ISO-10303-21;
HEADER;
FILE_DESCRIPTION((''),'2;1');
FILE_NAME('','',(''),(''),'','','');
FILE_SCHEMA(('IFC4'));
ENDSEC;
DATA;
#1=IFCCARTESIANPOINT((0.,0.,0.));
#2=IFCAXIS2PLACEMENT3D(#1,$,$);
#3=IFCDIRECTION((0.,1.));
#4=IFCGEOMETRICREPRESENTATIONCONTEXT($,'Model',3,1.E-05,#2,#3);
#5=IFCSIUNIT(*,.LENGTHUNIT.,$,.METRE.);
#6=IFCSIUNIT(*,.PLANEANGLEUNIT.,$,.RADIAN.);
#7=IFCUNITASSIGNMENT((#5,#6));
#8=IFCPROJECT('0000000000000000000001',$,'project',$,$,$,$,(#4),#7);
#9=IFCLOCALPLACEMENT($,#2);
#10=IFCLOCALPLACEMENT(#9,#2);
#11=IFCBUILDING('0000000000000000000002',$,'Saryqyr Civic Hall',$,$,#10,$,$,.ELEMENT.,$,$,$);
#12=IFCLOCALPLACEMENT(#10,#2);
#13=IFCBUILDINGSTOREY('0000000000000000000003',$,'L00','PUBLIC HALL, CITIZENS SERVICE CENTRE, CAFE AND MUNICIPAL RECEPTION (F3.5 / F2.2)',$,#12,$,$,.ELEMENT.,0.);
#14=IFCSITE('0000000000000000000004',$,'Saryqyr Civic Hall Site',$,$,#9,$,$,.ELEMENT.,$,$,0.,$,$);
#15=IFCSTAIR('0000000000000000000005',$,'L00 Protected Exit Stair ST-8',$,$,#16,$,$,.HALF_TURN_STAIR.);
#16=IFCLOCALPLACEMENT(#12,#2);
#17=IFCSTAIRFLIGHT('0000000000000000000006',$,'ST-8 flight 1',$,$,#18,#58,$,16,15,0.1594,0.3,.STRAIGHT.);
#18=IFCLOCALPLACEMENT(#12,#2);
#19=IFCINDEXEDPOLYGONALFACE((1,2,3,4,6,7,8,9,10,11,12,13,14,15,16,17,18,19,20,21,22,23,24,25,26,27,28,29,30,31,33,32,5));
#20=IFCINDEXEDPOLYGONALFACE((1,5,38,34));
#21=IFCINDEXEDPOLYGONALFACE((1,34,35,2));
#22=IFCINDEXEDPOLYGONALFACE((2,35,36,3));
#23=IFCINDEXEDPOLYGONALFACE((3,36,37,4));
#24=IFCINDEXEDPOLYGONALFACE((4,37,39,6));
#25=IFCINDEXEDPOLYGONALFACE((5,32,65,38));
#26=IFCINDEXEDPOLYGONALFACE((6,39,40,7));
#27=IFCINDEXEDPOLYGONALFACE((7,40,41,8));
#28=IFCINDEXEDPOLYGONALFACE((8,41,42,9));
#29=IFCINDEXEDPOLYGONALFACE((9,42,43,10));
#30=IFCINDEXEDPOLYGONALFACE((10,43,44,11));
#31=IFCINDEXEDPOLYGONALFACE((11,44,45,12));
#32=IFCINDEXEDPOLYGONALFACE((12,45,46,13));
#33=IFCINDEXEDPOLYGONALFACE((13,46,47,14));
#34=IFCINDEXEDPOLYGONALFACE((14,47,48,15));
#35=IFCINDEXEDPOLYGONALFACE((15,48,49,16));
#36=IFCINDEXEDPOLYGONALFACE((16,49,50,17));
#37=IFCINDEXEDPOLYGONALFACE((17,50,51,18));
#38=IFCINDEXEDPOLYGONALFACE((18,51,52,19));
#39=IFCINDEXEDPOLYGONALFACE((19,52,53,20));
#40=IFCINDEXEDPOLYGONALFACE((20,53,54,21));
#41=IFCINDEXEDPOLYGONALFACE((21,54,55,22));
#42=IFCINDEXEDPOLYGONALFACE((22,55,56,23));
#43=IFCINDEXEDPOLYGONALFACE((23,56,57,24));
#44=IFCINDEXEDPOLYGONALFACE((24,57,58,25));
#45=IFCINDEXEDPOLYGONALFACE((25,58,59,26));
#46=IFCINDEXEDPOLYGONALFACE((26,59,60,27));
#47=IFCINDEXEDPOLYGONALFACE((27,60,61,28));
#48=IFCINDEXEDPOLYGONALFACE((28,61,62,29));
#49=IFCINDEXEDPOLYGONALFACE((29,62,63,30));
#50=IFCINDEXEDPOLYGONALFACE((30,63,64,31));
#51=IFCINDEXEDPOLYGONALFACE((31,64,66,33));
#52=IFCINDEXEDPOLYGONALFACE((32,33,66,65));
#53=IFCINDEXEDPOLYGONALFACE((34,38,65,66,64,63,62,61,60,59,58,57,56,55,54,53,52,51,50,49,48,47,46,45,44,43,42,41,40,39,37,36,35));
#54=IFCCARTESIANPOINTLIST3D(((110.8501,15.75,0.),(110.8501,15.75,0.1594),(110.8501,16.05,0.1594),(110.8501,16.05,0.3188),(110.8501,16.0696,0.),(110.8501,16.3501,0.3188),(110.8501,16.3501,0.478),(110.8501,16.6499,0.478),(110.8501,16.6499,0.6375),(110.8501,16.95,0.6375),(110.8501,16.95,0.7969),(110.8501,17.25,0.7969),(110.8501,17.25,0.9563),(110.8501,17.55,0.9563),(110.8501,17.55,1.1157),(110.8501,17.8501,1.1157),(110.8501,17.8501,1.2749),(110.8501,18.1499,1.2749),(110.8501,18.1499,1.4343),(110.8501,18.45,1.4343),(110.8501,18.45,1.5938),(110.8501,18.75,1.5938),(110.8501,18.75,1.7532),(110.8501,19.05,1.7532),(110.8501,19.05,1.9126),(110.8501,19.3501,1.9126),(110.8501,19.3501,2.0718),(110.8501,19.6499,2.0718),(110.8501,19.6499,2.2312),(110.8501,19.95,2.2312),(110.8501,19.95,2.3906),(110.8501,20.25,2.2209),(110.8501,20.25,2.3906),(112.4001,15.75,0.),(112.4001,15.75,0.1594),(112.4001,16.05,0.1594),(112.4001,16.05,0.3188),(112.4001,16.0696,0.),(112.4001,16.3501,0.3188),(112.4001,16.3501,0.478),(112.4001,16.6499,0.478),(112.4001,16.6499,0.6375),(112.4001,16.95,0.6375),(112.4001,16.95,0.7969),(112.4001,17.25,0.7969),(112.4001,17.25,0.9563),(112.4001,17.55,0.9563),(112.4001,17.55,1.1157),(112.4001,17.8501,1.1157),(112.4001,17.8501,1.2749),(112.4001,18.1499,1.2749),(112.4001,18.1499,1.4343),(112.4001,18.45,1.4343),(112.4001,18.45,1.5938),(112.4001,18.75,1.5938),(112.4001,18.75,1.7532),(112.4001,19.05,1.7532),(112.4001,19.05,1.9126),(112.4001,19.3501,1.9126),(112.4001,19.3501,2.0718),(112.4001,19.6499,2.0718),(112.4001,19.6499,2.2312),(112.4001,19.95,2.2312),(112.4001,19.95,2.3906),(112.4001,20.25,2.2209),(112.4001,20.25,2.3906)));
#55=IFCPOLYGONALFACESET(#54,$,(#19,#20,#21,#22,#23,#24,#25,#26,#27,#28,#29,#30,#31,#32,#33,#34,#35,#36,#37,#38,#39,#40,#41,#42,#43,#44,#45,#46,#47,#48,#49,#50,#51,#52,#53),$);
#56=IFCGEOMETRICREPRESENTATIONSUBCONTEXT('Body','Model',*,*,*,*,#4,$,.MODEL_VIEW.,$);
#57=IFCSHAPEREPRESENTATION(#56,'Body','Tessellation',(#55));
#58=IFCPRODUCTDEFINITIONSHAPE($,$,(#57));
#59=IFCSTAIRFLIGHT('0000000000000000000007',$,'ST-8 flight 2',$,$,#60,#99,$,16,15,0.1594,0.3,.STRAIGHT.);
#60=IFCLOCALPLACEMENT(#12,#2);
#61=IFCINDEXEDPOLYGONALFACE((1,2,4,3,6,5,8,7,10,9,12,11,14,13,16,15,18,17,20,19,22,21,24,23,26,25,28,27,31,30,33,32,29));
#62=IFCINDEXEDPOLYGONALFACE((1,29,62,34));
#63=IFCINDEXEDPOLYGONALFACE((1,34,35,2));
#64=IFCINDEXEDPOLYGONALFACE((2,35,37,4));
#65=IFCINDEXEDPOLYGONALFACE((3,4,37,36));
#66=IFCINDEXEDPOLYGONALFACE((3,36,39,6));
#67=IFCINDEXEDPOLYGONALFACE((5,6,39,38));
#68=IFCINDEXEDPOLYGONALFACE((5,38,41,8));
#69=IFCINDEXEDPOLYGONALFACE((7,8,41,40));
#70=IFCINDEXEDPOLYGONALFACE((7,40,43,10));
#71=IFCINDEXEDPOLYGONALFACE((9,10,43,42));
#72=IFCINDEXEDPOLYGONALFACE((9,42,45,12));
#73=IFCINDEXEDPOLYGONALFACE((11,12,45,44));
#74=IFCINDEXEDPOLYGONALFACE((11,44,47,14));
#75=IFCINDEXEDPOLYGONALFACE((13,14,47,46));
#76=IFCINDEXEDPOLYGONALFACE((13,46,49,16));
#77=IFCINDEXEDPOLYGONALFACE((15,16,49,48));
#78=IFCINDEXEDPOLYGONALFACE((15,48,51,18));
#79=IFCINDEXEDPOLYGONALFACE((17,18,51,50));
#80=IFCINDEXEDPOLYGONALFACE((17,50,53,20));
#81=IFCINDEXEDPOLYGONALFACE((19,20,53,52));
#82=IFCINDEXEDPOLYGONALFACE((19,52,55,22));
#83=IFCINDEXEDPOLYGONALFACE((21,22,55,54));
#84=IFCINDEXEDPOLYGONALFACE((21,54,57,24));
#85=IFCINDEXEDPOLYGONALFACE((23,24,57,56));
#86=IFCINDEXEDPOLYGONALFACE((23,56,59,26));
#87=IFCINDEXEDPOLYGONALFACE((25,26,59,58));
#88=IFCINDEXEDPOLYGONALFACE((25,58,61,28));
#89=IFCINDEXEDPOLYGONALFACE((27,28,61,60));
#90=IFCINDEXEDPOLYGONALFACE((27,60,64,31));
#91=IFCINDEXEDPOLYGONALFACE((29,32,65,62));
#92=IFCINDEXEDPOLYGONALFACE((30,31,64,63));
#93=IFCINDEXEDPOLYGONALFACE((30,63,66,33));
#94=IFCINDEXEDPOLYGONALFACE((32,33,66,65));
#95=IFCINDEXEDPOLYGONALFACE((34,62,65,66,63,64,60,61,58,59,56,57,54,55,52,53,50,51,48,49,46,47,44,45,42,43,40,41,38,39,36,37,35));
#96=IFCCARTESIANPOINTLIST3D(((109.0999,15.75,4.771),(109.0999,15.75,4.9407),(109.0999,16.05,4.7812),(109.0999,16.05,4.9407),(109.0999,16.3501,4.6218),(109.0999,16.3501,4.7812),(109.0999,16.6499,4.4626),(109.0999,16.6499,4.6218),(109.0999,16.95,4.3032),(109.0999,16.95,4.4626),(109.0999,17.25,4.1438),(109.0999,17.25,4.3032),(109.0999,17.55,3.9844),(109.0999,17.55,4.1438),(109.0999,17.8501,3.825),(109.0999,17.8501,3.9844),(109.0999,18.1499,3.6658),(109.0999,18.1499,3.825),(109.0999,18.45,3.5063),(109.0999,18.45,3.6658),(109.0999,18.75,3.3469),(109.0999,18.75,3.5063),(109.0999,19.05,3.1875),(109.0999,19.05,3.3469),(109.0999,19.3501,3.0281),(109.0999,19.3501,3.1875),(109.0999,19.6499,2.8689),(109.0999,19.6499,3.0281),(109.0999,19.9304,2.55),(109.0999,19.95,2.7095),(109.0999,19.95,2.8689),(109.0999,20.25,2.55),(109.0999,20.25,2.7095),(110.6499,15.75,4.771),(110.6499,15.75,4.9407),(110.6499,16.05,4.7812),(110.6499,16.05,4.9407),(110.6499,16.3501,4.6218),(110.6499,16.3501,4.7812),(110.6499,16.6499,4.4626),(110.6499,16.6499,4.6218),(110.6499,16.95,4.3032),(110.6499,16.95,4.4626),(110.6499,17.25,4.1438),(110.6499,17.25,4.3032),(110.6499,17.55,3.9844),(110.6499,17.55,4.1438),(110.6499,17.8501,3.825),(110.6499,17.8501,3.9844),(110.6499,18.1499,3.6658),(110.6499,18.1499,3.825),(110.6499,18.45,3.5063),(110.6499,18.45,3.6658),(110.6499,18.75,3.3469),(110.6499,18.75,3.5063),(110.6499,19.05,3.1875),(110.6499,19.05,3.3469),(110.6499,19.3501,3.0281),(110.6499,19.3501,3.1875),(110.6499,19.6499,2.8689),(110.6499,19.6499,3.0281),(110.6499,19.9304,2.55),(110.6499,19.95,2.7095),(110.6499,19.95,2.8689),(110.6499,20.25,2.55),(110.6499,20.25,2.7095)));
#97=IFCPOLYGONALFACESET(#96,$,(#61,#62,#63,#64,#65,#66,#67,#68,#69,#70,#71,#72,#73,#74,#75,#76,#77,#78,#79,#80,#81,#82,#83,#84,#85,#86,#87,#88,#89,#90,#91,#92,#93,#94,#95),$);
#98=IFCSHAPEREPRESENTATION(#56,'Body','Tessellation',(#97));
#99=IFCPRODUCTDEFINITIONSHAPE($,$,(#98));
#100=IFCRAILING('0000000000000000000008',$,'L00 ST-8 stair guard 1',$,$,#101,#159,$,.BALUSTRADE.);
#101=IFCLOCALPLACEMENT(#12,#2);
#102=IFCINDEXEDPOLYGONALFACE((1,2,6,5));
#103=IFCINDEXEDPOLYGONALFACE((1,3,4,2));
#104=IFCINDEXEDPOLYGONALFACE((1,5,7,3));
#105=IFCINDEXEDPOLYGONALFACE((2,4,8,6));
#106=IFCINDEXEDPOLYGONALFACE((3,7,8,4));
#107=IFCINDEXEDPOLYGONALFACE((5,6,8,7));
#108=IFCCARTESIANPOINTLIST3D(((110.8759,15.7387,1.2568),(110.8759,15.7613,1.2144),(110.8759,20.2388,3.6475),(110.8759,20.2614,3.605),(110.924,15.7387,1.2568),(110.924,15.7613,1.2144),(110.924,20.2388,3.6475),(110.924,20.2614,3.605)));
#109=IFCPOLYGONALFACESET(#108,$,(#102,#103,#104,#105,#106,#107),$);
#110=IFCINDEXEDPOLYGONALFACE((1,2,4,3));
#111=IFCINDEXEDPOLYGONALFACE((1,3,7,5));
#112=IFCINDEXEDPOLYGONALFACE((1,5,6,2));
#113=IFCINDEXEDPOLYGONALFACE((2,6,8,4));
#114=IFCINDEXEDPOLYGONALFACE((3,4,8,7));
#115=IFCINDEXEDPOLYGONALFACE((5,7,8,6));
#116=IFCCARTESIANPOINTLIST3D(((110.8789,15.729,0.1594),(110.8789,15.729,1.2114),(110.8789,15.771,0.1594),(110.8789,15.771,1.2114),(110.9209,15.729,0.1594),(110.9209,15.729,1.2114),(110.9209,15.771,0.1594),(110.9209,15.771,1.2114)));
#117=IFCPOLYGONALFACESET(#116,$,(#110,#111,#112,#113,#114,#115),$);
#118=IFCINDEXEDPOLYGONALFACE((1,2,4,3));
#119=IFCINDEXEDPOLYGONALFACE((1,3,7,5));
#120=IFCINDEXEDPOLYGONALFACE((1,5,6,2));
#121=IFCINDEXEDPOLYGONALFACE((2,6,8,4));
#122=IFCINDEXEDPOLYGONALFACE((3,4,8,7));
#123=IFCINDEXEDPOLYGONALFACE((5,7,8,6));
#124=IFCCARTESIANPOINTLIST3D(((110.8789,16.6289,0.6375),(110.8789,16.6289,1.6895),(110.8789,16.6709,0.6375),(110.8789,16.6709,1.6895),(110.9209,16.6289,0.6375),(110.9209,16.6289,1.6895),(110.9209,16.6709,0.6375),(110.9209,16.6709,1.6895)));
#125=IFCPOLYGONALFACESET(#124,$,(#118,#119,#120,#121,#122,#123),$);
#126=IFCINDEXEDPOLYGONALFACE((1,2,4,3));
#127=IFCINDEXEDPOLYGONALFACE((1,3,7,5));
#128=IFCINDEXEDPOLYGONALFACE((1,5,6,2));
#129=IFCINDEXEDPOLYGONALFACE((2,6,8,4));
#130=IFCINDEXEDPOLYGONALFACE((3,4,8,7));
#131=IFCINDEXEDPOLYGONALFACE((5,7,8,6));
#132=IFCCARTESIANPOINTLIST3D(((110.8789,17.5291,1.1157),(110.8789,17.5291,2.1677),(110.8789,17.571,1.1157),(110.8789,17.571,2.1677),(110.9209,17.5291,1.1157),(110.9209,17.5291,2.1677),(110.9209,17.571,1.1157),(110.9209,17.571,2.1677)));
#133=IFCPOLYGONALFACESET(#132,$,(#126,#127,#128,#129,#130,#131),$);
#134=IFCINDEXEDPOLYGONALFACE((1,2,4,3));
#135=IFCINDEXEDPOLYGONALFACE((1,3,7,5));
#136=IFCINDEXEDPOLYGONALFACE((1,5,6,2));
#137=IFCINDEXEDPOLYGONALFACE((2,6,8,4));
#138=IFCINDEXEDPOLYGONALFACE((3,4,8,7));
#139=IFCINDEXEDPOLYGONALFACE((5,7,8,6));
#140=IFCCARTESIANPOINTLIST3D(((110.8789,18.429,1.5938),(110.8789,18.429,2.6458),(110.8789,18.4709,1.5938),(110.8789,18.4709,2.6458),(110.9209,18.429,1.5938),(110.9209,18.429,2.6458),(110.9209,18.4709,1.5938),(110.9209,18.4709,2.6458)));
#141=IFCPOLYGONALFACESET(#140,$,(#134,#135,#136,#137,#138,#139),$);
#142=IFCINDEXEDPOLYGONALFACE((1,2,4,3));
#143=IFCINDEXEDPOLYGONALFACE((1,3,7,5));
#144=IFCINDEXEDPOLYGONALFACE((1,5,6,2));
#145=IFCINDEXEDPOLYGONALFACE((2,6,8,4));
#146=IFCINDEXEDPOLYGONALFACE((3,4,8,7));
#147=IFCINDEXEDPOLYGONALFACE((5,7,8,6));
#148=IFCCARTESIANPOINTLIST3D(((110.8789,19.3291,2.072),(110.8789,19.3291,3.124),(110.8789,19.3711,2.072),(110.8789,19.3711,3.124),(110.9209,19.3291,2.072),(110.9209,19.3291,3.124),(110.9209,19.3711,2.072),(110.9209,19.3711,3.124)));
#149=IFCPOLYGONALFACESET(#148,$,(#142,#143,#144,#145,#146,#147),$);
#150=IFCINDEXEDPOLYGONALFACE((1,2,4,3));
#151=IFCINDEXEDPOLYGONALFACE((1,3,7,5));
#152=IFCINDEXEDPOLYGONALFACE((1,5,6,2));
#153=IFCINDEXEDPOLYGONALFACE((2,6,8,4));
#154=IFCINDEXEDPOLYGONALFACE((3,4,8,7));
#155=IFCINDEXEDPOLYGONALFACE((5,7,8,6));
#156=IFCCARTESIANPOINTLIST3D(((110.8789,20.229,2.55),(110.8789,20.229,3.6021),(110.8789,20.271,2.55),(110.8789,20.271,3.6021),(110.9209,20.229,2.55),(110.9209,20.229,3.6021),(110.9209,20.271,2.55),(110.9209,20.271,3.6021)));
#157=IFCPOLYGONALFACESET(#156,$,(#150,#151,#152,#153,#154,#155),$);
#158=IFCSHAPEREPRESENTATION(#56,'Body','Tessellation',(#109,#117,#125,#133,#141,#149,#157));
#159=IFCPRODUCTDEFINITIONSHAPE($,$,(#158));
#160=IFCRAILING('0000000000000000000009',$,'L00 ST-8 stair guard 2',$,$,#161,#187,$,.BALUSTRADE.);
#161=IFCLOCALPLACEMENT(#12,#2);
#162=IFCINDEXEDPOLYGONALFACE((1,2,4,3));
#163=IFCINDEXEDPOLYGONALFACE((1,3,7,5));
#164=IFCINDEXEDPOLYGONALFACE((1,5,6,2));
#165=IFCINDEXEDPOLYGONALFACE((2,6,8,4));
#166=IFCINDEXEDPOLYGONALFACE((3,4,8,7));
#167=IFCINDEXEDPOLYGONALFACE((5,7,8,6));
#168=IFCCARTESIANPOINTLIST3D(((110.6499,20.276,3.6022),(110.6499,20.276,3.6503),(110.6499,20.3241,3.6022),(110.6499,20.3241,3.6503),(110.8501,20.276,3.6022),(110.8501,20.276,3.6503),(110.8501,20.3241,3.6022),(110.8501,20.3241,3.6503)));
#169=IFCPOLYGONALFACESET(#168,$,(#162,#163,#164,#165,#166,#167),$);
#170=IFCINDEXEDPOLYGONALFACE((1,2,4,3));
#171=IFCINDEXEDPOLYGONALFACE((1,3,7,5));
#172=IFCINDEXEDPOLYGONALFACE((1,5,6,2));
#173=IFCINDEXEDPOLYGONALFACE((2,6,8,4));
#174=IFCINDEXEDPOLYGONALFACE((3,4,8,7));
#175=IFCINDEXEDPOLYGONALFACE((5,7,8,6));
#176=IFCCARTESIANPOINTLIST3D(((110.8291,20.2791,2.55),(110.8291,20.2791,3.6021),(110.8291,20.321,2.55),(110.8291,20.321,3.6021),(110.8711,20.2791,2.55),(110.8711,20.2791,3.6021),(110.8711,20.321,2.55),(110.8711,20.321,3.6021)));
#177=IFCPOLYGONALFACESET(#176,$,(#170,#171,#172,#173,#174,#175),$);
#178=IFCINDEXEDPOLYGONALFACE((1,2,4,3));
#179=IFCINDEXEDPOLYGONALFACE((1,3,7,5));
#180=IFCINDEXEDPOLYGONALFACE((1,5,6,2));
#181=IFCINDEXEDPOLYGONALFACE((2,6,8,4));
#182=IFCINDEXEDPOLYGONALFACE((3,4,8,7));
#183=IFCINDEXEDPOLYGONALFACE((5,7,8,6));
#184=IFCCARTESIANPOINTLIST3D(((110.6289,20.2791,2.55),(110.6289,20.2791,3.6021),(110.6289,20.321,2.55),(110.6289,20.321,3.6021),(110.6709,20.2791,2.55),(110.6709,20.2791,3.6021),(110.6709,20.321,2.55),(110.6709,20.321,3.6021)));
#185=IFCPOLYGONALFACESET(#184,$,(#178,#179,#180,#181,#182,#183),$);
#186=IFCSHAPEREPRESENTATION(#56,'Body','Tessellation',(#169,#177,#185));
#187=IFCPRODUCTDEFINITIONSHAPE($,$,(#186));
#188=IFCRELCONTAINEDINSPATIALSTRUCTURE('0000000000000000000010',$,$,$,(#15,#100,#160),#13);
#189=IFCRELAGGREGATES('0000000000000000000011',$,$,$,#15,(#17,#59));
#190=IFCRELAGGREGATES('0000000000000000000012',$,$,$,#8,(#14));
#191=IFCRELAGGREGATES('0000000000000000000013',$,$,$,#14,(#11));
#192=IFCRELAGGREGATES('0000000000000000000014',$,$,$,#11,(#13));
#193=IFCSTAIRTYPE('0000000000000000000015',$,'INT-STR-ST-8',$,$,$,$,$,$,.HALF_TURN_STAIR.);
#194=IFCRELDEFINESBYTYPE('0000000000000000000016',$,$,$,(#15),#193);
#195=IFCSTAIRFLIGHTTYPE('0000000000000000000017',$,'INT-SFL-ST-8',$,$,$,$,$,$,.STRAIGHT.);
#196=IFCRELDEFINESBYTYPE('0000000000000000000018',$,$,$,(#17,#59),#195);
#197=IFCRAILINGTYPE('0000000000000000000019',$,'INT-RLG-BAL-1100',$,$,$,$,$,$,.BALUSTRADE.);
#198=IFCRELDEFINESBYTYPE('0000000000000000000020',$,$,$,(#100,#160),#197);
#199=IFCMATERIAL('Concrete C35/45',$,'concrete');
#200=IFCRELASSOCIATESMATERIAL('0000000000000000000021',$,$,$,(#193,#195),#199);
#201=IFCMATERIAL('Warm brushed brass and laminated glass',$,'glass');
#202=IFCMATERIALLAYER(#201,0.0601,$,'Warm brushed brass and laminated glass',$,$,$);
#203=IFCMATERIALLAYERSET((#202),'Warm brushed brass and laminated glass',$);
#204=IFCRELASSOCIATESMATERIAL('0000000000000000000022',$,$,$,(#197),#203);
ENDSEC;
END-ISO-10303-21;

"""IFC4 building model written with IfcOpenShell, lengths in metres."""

from ifc_helpers import new_model, si_unit, direction, frame, origin, origin_2d, place, context, subcontext, project, spatial, polyline, rectangle, outline, extrude, material, layer, layer_set, type_object, element, aggregate, save


model = new_model("IFC4")

# Units and contexts
model_context = context("Model", 3, precision=1e-05, world=origin(), true_north=direction((0.0, 1.0)))
body_context = subcontext(model_context, "Body", "Model", "MODEL_VIEW")
ifc_project = project(units=[si_unit("LENGTHUNIT", "METRE"), si_unit("PLANEANGLEUNIT", "RADIAN")], contexts=[model_context])

# Site, building, storey
site_placement = place(None, origin())
site = spatial("IfcSite", under=ifc_project, at=site_placement, Name="Saryqyr Civic Hall Site", CompositionType="ELEMENT", RefElevation=0.0)
building_placement = place(site_placement, origin())
building = spatial("IfcBuilding", under=site, at=building_placement, Name="Saryqyr Civic Hall", CompositionType="ELEMENT")
storey_placement = place(building_placement, origin())
storey = spatial("IfcBuildingStorey", under=building, at=storey_placement, Name="L00", Description="PUBLIC HALL, CITIZENS SERVICE CENTRE, CAFE AND MUNICIPAL RECEPTION (F3.5 / F2.2)", CompositionType="ELEMENT", Elevation=0.0)

# Shared definitions
ifc_material_1 = material(Name="Concrete C35/45", Category="concrete")

# Stair, stair flights
stair_type = type_object("IfcStairType", Name="INT-STR-ST-8", PredefinedType="HALF_TURN_STAIR", material=ifc_material_1)
stair_placement = place(storey_placement, origin())
stair = element("IfcStair", 1, at=stair_placement, inside=storey, type_object=stair_type, Name="L00 Protected Exit Stair ST-8", PredefinedType="HALF_TURN_STAIR")
stair_flight_type = type_object("IfcStairFlightType", Name="INT-SFL-ST-8", PredefinedType="STRAIGHT", material=ifc_material_1)
stair_flight_1_placement = place(storey_placement, frame((111.625, 15.75, 0.0), z_axis=(0.0, 0.0, 1.0), x_axis=(0.0, 1.0, 0.0)))
stair_flight_1 = element("IfcStairFlight", 2, at=stair_flight_1_placement, type_object=stair_flight_type, Name="ST-8 flight 1", NumberOfRisers=16, NumberOfTreads=15, PredefinedType="STRAIGHT", RiserHeight=0.1594, TreadLength=0.3, context=body_context, shape_type="SweptSolid", body=[
    extrude(outline(polyline([(0.0, 0.0), (0.0, 0.1594), (0.3, 0.1594), (0.3, 0.3188), (0.6001, 0.3188), (0.6001, 0.478), (0.8999, 0.478), (0.8999, 0.6375), (1.2, 0.6375), (1.2, 0.7969), (1.5, 0.7969), (1.5, 0.9563), (1.8, 0.9563), (1.8, 1.1157), (2.1001, 1.1157), (2.1001, 1.2749), (2.3999, 1.2749), (2.3999, 1.4343), (2.7, 1.4343), (2.7, 1.5938), (3.0, 1.5938), (3.0, 1.7532), (3.3, 1.7532), (3.3, 1.9126), (3.6001, 1.9126), (3.6001, 2.0718), (3.8999, 2.0718), (3.8999, 2.2312), (4.2, 2.2312), (4.2, 2.3906), (4.5, 2.3906), (4.5, 2.55), (4.5, 2.2209), (0.3196, 0.0), (0.0, 0.0)])), frame((0.0, 0.7749, 0.0), z_axis=(0.0, -1.0, 0.0), x_axis=(1.0, 0.0, 0.0)), (0.0, 0.0, 1.0), 1.55),
])
stair_flight_2_placement = place(storey_placement, frame((109.875, 20.25, 2.55), z_axis=(0.0, 0.0, 1.0), x_axis=(0.0, -1.0, 0.0)))
stair_flight_2 = element("IfcStairFlight", 3, at=stair_flight_2_placement, type_object=stair_flight_type, Name="ST-8 flight 2", NumberOfRisers=16, NumberOfTreads=15, PredefinedType="STRAIGHT", RiserHeight=0.1594, TreadLength=0.3, context=body_context, shape_type="SweptSolid", body=[
    extrude(outline(polyline([(0.0, 0.0), (0.0, 0.1594), (0.3, 0.1594), (0.3, 0.3188), (0.6001, 0.3188), (0.6001, 0.478), (0.8999, 0.478), (0.8999, 0.6375), (1.2, 0.6375), (1.2, 0.7969), (1.5, 0.7969), (1.5, 0.9563), (1.8, 0.9563), (1.8, 1.1157), (2.1001, 1.1157), (2.1001, 1.2749), (2.3999, 1.2749), (2.3999, 1.4343), (2.7, 1.4343), (2.7, 1.5938), (3.0, 1.5938), (3.0, 1.7532), (3.3, 1.7532), (3.3, 1.9126), (3.6001, 1.9126), (3.6001, 2.0718), (3.8999, 2.0718), (3.8999, 2.2312), (4.2, 2.2312), (4.2, 2.3906), (4.5, 2.3906), (4.5, 2.55), (4.5, 2.2209), (0.3196, 0.0), (0.0, 0.0)])), frame((0.0, 0.7749, 0.0), z_axis=(0.0, -1.0, 0.0), x_axis=(1.0, 0.0, 0.0)), (0.0, 0.0, 1.0), 1.55),
])
aggregate(stair, [stair_flight_1, stair_flight_2])

# Railings
ifc_material_2 = material(Name="Warm brushed brass and laminated glass", Category="glass")
ifc_layer_1 = layer(ifc_material_2, 0.0601, Name="Warm brushed brass and laminated glass")
ifc_layer_set_1 = layer_set([ifc_layer_1], Name="Warm brushed brass and laminated glass")
railing_type_1 = type_object("IfcRailingType", Name="INT-RLG-BAL-1100", PredefinedType="BALUSTRADE", material=ifc_layer_set_1)
railing_1_placement = place(storey_placement, frame((110.8999, 15.75, 0.1594)))
element("IfcRailing", 4, at=railing_1_placement, inside=storey, type_object=railing_type_1, Name="L00 ST-8 stair guard 1", PredefinedType="BALUSTRADE", context=body_context, shape_type="SweptSolid", body=[
    extrude(rectangle(XDim=0.0481, YDim=0.0481, at=origin_2d()), frame((0.0, 0.0, 1.0762), z_axis=(0.0, 0.883116, 0.469155), x_axis=(-1.0, 0.0, 0.0)), (0.0, 0.0, 1.0), 5.0957),
    extrude(rectangle(XDim=0.042, YDim=0.042, at=origin_2d()), origin(), (0.0, 0.0, 1.0), 1.052),
    extrude(rectangle(XDim=0.042, YDim=0.042, at=origin_2d()), frame((0.0, 0.8999, 0.478)), (0.0, 0.0, 1.0), 1.052),
    extrude(rectangle(XDim=0.042, YDim=0.042, at=origin_2d()), frame((0.0, 1.8, 0.9563)), (0.0, 0.0, 1.0), 1.052),
    extrude(rectangle(XDim=0.042, YDim=0.042, at=origin_2d()), frame((0.0, 2.7, 1.4343)), (0.0, 0.0, 1.0), 1.052),
    extrude(rectangle(XDim=0.042, YDim=0.042, at=origin_2d()), frame((0.0, 3.6001, 1.9126)), (0.0, 0.0, 1.0), 1.052),
    extrude(rectangle(XDim=0.042, YDim=0.042, at=origin_2d()), frame((0.0, 4.5, 2.3906)), (0.0, 0.0, 1.0), 1.052),
])
railing_2_placement = place(storey_placement, frame((110.8501, 20.3, 2.55)))
element("IfcRailing", 5, at=railing_2_placement, inside=storey, type_object=railing_type_1, Name="L00 ST-8 stair guard 2", PredefinedType="BALUSTRADE", context=body_context, shape_type="SweptSolid", body=[
    extrude(rectangle(XDim=0.0481, YDim=0.0481, at=origin_2d()), frame((0.0, 0.0, 1.0762), z_axis=(-1.0, 0.0, 0.0), x_axis=(0.0, -1.0, 0.0)), (0.0, 0.0, 1.0), 0.2002),
    extrude(rectangle(XDim=0.042, YDim=0.042, at=origin_2d()), origin(), (0.0, 0.0, 1.0), 1.052),
    extrude(rectangle(XDim=0.042, YDim=0.042, at=origin_2d()), frame((-0.2002, 0.0, 0.0)), (0.0, 0.0, 1.0), 1.052),
])

save(model, "model.ifc")
